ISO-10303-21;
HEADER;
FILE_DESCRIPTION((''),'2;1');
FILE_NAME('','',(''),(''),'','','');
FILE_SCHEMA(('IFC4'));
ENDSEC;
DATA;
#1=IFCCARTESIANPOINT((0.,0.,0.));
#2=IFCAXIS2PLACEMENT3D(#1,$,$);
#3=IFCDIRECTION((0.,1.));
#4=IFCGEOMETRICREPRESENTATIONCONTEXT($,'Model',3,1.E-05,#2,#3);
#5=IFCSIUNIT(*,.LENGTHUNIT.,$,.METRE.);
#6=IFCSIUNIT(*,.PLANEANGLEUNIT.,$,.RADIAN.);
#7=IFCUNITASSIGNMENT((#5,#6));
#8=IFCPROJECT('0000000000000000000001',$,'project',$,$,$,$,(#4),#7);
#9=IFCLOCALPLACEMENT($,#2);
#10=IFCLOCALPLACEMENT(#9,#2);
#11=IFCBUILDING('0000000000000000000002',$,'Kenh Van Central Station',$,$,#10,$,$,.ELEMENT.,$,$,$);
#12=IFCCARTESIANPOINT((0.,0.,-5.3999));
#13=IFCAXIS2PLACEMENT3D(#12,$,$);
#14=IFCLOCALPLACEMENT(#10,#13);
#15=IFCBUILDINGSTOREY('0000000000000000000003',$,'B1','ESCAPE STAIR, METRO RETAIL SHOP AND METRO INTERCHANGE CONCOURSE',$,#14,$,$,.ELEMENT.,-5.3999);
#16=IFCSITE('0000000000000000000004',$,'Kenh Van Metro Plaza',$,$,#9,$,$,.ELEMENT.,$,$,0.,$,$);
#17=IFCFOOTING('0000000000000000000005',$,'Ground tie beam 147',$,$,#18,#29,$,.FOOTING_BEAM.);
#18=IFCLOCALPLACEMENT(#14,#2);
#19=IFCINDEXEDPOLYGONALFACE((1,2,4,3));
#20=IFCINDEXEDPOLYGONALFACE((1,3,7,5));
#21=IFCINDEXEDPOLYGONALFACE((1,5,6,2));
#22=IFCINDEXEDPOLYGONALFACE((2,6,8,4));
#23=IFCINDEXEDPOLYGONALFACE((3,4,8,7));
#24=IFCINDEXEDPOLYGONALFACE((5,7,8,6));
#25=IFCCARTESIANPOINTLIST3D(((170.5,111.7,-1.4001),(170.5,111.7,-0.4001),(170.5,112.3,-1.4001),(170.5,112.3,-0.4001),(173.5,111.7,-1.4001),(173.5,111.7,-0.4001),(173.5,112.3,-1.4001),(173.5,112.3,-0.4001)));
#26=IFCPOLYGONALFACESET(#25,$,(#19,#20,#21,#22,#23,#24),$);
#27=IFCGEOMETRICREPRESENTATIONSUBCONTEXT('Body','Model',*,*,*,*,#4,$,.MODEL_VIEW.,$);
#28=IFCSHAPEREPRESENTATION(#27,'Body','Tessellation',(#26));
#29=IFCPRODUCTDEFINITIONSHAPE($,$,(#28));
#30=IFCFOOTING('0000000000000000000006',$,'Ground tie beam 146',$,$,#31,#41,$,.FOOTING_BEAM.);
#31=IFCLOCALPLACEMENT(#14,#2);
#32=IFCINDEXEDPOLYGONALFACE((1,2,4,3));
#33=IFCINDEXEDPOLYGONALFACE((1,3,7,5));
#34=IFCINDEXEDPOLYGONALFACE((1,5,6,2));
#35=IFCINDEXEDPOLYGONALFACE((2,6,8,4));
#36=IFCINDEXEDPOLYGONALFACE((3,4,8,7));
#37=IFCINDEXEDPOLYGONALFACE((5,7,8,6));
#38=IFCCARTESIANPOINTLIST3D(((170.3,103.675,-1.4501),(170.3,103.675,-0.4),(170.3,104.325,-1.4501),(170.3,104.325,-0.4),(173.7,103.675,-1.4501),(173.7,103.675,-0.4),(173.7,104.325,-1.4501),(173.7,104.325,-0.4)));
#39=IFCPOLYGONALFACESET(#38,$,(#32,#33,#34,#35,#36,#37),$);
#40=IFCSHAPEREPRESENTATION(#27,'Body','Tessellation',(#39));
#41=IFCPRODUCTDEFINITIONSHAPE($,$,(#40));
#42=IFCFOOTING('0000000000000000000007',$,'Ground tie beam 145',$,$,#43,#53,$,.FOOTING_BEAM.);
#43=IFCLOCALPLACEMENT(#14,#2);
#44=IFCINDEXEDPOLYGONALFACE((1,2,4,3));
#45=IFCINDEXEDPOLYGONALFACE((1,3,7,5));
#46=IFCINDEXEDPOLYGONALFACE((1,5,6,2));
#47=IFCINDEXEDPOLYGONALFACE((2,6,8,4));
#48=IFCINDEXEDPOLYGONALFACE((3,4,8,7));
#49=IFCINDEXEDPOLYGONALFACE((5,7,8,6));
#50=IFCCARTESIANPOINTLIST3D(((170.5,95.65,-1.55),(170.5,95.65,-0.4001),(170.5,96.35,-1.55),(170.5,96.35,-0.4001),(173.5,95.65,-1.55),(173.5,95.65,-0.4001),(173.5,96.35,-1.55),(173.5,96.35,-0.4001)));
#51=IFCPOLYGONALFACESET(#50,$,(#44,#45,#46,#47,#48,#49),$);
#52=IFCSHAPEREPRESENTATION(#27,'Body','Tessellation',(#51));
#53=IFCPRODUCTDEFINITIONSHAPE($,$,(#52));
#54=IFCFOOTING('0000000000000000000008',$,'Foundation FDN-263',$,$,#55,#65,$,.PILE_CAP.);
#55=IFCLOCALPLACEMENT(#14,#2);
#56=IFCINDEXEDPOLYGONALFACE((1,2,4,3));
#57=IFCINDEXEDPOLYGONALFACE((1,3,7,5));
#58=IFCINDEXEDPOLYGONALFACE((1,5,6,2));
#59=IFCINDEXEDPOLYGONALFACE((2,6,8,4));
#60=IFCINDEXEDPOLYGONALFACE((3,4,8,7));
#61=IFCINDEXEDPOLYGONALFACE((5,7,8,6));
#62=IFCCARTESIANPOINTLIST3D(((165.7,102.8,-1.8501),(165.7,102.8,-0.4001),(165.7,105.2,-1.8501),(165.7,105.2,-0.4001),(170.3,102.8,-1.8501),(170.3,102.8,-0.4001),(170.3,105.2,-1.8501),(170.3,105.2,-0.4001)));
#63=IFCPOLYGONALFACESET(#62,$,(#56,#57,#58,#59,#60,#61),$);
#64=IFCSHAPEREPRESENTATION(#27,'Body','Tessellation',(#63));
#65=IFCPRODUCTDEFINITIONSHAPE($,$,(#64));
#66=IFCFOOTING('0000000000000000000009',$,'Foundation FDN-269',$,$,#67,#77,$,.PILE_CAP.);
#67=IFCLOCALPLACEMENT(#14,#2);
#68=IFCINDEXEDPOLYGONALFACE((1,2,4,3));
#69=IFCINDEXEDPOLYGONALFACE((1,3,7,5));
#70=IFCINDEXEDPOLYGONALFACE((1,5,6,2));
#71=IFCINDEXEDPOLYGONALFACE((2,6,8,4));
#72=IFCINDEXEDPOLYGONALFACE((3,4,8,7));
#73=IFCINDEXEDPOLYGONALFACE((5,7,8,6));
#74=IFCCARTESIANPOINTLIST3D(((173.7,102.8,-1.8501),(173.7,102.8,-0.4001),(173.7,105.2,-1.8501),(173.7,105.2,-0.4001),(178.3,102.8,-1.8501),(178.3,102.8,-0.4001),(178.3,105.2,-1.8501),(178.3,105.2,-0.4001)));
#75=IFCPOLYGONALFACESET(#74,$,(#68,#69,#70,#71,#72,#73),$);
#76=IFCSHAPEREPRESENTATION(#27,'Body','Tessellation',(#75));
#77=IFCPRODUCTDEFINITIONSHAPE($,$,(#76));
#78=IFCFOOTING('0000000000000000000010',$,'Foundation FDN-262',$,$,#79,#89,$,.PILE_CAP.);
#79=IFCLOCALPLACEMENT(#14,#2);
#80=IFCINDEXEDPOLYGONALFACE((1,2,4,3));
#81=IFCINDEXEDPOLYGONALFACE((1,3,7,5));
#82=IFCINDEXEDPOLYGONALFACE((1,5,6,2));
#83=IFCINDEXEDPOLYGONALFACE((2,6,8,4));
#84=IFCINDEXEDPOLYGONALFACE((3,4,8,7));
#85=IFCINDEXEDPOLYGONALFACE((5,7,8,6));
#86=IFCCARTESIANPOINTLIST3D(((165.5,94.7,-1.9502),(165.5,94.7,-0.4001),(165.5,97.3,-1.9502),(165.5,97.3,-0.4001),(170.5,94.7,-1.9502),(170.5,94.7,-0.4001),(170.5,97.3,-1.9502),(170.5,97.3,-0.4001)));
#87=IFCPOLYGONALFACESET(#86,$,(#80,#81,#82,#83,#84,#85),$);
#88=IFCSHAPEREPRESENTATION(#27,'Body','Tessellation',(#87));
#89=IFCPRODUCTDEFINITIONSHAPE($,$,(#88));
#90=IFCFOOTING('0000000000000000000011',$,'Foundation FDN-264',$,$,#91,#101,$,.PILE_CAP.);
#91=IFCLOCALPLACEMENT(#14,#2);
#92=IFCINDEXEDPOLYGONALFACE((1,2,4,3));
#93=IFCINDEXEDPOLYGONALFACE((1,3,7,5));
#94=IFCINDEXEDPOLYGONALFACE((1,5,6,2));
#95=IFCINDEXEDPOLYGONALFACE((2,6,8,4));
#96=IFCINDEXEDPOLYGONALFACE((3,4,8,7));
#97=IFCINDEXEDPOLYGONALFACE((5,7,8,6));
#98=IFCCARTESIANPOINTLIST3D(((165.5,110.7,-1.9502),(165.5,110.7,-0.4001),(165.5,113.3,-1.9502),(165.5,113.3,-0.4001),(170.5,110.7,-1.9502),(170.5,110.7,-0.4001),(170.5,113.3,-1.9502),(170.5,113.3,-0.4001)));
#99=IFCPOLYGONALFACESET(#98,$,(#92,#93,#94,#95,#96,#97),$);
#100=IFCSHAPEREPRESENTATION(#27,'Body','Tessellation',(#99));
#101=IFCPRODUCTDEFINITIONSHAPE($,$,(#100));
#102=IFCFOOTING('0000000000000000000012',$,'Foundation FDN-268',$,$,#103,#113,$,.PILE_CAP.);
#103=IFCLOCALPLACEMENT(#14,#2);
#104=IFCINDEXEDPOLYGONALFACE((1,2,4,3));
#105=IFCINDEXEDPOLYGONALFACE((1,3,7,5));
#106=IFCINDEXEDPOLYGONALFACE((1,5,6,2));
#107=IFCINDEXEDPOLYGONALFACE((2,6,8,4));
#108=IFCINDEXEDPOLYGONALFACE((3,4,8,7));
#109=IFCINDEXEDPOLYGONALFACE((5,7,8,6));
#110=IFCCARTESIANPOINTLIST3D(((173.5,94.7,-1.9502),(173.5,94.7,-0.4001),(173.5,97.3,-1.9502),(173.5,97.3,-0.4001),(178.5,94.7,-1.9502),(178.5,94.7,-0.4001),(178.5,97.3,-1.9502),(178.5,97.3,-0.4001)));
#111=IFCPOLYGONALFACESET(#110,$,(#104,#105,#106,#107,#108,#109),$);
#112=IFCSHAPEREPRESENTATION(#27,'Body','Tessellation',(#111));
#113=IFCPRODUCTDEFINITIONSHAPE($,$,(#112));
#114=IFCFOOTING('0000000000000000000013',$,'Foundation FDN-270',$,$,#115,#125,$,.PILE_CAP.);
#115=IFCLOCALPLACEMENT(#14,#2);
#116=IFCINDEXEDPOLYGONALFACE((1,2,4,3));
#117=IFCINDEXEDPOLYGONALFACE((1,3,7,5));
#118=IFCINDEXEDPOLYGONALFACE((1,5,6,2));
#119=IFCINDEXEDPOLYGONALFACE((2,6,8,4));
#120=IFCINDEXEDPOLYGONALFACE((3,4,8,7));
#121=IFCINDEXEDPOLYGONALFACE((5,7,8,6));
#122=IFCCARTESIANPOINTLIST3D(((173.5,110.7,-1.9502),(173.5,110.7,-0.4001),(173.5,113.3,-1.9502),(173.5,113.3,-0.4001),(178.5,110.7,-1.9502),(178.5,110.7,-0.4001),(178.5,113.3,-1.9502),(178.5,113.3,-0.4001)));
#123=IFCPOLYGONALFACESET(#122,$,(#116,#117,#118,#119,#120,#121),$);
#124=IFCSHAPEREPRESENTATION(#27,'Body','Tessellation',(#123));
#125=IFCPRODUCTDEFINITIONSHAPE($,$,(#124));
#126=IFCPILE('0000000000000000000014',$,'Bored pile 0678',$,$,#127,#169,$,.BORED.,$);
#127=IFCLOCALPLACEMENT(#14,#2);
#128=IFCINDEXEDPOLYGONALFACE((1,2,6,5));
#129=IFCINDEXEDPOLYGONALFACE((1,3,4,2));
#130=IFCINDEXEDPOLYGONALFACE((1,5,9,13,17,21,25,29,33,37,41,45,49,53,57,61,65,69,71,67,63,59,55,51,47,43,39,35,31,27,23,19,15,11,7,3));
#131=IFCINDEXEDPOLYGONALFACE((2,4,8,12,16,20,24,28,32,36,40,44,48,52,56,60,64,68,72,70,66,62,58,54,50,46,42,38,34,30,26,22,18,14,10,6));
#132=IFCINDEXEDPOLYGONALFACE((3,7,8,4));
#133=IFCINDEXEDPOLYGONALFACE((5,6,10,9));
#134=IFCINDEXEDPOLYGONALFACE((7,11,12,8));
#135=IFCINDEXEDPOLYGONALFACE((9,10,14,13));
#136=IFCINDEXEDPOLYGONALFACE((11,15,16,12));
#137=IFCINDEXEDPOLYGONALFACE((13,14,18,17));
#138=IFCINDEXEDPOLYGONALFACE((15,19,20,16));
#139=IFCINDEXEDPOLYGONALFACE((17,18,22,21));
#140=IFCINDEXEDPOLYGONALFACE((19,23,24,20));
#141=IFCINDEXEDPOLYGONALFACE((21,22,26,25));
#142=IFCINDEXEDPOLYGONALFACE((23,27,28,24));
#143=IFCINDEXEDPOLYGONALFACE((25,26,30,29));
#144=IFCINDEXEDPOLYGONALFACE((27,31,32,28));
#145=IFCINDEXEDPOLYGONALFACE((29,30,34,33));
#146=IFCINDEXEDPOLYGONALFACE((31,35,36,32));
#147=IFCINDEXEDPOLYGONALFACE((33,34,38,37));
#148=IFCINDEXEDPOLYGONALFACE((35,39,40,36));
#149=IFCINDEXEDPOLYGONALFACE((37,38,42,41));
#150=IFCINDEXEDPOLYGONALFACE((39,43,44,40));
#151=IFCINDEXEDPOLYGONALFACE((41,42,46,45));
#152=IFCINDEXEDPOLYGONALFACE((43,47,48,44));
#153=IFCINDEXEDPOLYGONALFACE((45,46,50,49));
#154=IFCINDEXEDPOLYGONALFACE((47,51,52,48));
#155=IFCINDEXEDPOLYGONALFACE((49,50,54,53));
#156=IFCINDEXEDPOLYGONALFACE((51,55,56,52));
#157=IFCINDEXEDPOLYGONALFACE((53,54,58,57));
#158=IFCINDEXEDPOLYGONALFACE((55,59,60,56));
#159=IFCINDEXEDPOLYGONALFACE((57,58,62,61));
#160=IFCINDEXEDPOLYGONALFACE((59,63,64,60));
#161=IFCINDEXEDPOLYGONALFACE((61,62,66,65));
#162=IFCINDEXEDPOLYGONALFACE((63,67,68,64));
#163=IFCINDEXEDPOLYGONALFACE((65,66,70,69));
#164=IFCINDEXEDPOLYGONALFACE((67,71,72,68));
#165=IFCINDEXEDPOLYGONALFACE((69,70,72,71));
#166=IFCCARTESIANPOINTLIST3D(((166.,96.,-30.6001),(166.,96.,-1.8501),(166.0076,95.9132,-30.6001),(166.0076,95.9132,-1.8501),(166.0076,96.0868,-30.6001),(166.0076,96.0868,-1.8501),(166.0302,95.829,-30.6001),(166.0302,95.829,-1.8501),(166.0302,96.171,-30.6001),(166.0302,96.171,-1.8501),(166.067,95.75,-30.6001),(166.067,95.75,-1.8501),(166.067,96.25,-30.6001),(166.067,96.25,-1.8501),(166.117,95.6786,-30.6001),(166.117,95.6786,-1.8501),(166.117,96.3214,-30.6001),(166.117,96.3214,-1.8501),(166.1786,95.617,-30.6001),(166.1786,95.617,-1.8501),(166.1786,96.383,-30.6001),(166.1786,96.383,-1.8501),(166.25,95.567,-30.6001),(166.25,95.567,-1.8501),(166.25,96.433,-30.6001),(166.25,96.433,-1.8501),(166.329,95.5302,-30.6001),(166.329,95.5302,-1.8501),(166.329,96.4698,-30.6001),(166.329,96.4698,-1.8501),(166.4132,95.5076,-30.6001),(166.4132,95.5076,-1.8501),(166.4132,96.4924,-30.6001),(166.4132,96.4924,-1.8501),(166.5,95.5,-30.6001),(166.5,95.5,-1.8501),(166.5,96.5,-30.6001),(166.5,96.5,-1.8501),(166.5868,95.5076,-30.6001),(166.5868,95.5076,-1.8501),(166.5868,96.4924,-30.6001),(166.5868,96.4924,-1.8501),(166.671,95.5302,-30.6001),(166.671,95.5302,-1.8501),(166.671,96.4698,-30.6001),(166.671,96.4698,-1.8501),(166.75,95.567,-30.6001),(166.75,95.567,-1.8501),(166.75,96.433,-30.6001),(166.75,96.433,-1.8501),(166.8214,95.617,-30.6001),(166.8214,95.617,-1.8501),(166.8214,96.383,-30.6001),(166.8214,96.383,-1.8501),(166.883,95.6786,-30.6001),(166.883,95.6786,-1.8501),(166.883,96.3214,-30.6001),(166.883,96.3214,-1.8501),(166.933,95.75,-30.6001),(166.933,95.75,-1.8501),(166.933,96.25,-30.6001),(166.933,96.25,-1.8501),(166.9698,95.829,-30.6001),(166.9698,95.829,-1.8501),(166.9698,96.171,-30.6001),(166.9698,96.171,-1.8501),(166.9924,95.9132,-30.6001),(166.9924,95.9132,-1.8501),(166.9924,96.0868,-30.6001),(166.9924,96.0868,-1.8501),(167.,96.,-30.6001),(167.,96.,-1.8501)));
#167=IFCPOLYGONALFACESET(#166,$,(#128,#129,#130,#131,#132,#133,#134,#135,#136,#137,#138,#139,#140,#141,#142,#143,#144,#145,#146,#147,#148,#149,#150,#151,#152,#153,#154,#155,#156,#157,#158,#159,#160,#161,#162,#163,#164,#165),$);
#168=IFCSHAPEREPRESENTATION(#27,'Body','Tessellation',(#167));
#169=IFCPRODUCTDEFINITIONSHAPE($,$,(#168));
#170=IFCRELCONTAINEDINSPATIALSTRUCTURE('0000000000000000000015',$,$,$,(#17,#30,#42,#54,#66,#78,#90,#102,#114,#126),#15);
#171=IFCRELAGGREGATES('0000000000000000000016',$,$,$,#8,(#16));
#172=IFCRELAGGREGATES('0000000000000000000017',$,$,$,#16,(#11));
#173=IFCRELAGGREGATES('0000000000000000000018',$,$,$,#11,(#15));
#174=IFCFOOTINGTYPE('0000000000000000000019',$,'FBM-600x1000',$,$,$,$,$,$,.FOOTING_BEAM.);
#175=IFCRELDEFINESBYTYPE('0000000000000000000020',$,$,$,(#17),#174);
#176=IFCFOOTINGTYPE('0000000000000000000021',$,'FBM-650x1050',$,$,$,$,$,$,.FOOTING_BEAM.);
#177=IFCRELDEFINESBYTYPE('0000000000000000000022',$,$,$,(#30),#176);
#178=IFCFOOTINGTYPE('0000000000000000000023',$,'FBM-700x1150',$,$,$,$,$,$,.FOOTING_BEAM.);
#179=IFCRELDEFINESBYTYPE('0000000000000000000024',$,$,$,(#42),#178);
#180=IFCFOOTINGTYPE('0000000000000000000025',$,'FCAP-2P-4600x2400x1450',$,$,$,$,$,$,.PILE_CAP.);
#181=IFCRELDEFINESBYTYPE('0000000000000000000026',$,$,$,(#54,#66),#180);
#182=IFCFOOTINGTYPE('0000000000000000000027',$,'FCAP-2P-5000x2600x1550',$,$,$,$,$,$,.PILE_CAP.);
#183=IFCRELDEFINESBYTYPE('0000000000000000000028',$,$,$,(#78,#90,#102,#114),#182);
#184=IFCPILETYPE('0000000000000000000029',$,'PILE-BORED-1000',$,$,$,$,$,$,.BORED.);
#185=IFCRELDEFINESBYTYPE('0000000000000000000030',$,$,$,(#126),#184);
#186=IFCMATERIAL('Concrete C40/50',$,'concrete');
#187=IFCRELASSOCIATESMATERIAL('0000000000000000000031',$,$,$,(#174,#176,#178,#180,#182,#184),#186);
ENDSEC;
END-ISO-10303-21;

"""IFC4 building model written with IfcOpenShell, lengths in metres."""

from ifc_helpers import new_model, si_unit, direction, frame, origin, origin_2d, place, context, subcontext, project, spatial, rectangle, circle, extrude, material, material_profile, profile_set, type_object, element, save


model = new_model("IFC4")

# Units and contexts
model_context = context("Model", 3, precision=1e-05, world=origin(), true_north=direction((0.0, 1.0)))
body_context = subcontext(model_context, "Body", "Model", "MODEL_VIEW")
ifc_project = project(units=[si_unit("LENGTHUNIT", "METRE"), si_unit("PLANEANGLEUNIT", "RADIAN")], contexts=[model_context])

# Site, building, storey
site_placement = place(None, origin())
site = spatial("IfcSite", under=ifc_project, at=site_placement, Name="Kenh Van Metro Plaza", CompositionType="ELEMENT", RefElevation=0.0)
building_placement = place(site_placement, origin())
building = spatial("IfcBuilding", under=site, at=building_placement, Name="Kenh Van Central Station", CompositionType="ELEMENT")
storey_placement = place(building_placement, frame((0.0, 0.0, -5.3999)))
storey = spatial("IfcBuildingStorey", under=building, at=storey_placement, Name="B1", Description="ESCAPE STAIR, METRO RETAIL SHOP AND METRO INTERCHANGE CONCOURSE", CompositionType="ELEMENT", Elevation=-5.3999)

# Footings
ifc_material_1 = material(Name="Concrete C40/50", Category="concrete")
ifc_material_profile_1 = material_profile(ifc_material_1, rectangle(XDim=0.6001, YDim=1.0, at=origin_2d()), Name="RC 600x1000")
ifc_profile_set_1 = profile_set([ifc_material_profile_1], Name="Concrete C40/50")
footing_type_1 = type_object("IfcFootingType", Name="FBM-600x1000", PredefinedType="FOOTING_BEAM", material=ifc_profile_set_1)
footing_1_placement = place(storey_placement, frame((170.5, 112.0, -0.9001), z_axis=(1.0, 0.0, 0.0), x_axis=(0.0, 1.0, 0.0)))
element("IfcFooting", 1, at=footing_1_placement, inside=storey, type_object=footing_type_1, Name="Ground tie beam 147", PredefinedType="FOOTING_BEAM", context=body_context, shape_type="SweptSolid", body=[
    extrude(rectangle(XDim=0.6001, YDim=1.0, at=origin_2d()), origin(), (0.0, 0.0, 1.0), 3.0),
])
ifc_material_profile_2 = material_profile(ifc_material_1, rectangle(XDim=0.6499, YDim=1.05, at=origin_2d()), Name="RC 650x1050")
ifc_profile_set_2 = profile_set([ifc_material_profile_2], Name="Concrete C40/50")
footing_type_2 = type_object("IfcFootingType", Name="FBM-650x1050", PredefinedType="FOOTING_BEAM", material=ifc_profile_set_2)
footing_2_placement = place(storey_placement, frame((170.3, 104.0, -0.925), z_axis=(1.0, 0.0, 0.0), x_axis=(0.0, 1.0, 0.0)))
element("IfcFooting", 2, at=footing_2_placement, inside=storey, type_object=footing_type_2, Name="Ground tie beam 146", PredefinedType="FOOTING_BEAM", context=body_context, shape_type="SweptSolid", body=[
    extrude(rectangle(XDim=0.6499, YDim=1.05, at=origin_2d()), origin(), (0.0, 0.0, 1.0), 3.3999),
])
ifc_material_profile_3 = material_profile(ifc_material_1, rectangle(XDim=0.7, YDim=1.1499, at=origin_2d()), Name="RC 700x1150")
ifc_profile_set_3 = profile_set([ifc_material_profile_3], Name="Concrete C40/50")
footing_type_3 = type_object("IfcFootingType", Name="FBM-700x1150", PredefinedType="FOOTING_BEAM", material=ifc_profile_set_3)
footing_3_placement = place(storey_placement, frame((170.5, 96.0, -0.9751), z_axis=(1.0, 0.0, 0.0), x_axis=(0.0, 1.0, 0.0)))
element("IfcFooting", 3, at=footing_3_placement, inside=storey, type_object=footing_type_3, Name="Ground tie beam 145", PredefinedType="FOOTING_BEAM", context=body_context, shape_type="SweptSolid", body=[
    extrude(rectangle(XDim=0.7, YDim=1.1499, at=origin_2d()), origin(), (0.0, 0.0, 1.0), 3.0),
])
footing_type_4 = type_object("IfcFootingType", Name="FCAP-2P-4600x2400x1450", PredefinedType="PILE_CAP", material=ifc_material_1)
for number, where, z_axis, x_axis, name in (
    (4, (168.0, 104.0, -1.8501), (0.0, 0.0, 1.0), (1.0, 0.0, 0.0), "Foundation FDN-263"),
    (5, (176.0, 104.0, -1.8501), (0.0, 0.0, 1.0), (1.0, 0.0, 0.0), "Foundation FDN-269"),
):
    element("IfcFooting", number, at=place(storey_placement, frame(where, z_axis=z_axis, x_axis=x_axis)), inside=storey, type_object=footing_type_4, Name=name, PredefinedType="PILE_CAP", context=body_context, shape_type="SweptSolid", body=[
        extrude(rectangle(XDim=4.6001, YDim=2.3999, at=origin_2d()), origin(), (0.0, 0.0, 1.0), 1.45),
    ])
footing_type_5 = type_object("IfcFootingType", Name="FCAP-2P-5000x2600x1550", PredefinedType="PILE_CAP", material=ifc_material_1)
for number, where, z_axis, x_axis, name in (
    (6, (168.0, 96.0, -1.9502), (0.0, 0.0, 1.0), (1.0, 0.0, 0.0), "Foundation FDN-262"),
    (7, (168.0, 112.0, -1.9502), (0.0, 0.0, 1.0), (1.0, 0.0, 0.0), "Foundation FDN-264"),
    (8, (176.0, 96.0, -1.9502), (0.0, 0.0, 1.0), (1.0, 0.0, 0.0), "Foundation FDN-268"),
    (9, (176.0, 112.0, -1.9502), (0.0, 0.0, 1.0), (1.0, 0.0, 0.0), "Foundation FDN-270"),
):
    element("IfcFooting", number, at=place(storey_placement, frame(where, z_axis=z_axis, x_axis=x_axis)), inside=storey, type_object=footing_type_5, Name=name, PredefinedType="PILE_CAP", context=body_context, shape_type="SweptSolid", body=[
        extrude(rectangle(XDim=5.0, YDim=2.6001, at=origin_2d()), origin(), (0.0, 0.0, 1.0), 1.55),
    ])

# Pile
ifc_material_profile_4 = material_profile(ifc_material_1, circle(Radius=0.5, at=origin_2d()), Name="PILE D1000")
ifc_profile_set_4 = profile_set([ifc_material_profile_4], Name="Concrete C40/50")
pile_type = type_object("IfcPileType", Name="PILE-BORED-1000", PredefinedType="BORED", material=ifc_profile_set_4)
for number, where, z_axis, x_axis, name in (
    (10, (166.5, 96.0, -1.8501), (0.0, 0.0, -1.0), (1.0, 0.0, 0.0), "Bored pile 0678"),
):
    element("IfcPile", number, at=place(storey_placement, frame(where, z_axis=z_axis, x_axis=x_axis)), inside=storey, type_object=pile_type, Name=name, PredefinedType="BORED", context=body_context, shape_type="SweptSolid", body=[
        extrude(circle(Radius=0.5, at=origin_2d()), origin(), (0.0, 0.0, 1.0), 28.75),
    ])

save(model, "model.ifc")
